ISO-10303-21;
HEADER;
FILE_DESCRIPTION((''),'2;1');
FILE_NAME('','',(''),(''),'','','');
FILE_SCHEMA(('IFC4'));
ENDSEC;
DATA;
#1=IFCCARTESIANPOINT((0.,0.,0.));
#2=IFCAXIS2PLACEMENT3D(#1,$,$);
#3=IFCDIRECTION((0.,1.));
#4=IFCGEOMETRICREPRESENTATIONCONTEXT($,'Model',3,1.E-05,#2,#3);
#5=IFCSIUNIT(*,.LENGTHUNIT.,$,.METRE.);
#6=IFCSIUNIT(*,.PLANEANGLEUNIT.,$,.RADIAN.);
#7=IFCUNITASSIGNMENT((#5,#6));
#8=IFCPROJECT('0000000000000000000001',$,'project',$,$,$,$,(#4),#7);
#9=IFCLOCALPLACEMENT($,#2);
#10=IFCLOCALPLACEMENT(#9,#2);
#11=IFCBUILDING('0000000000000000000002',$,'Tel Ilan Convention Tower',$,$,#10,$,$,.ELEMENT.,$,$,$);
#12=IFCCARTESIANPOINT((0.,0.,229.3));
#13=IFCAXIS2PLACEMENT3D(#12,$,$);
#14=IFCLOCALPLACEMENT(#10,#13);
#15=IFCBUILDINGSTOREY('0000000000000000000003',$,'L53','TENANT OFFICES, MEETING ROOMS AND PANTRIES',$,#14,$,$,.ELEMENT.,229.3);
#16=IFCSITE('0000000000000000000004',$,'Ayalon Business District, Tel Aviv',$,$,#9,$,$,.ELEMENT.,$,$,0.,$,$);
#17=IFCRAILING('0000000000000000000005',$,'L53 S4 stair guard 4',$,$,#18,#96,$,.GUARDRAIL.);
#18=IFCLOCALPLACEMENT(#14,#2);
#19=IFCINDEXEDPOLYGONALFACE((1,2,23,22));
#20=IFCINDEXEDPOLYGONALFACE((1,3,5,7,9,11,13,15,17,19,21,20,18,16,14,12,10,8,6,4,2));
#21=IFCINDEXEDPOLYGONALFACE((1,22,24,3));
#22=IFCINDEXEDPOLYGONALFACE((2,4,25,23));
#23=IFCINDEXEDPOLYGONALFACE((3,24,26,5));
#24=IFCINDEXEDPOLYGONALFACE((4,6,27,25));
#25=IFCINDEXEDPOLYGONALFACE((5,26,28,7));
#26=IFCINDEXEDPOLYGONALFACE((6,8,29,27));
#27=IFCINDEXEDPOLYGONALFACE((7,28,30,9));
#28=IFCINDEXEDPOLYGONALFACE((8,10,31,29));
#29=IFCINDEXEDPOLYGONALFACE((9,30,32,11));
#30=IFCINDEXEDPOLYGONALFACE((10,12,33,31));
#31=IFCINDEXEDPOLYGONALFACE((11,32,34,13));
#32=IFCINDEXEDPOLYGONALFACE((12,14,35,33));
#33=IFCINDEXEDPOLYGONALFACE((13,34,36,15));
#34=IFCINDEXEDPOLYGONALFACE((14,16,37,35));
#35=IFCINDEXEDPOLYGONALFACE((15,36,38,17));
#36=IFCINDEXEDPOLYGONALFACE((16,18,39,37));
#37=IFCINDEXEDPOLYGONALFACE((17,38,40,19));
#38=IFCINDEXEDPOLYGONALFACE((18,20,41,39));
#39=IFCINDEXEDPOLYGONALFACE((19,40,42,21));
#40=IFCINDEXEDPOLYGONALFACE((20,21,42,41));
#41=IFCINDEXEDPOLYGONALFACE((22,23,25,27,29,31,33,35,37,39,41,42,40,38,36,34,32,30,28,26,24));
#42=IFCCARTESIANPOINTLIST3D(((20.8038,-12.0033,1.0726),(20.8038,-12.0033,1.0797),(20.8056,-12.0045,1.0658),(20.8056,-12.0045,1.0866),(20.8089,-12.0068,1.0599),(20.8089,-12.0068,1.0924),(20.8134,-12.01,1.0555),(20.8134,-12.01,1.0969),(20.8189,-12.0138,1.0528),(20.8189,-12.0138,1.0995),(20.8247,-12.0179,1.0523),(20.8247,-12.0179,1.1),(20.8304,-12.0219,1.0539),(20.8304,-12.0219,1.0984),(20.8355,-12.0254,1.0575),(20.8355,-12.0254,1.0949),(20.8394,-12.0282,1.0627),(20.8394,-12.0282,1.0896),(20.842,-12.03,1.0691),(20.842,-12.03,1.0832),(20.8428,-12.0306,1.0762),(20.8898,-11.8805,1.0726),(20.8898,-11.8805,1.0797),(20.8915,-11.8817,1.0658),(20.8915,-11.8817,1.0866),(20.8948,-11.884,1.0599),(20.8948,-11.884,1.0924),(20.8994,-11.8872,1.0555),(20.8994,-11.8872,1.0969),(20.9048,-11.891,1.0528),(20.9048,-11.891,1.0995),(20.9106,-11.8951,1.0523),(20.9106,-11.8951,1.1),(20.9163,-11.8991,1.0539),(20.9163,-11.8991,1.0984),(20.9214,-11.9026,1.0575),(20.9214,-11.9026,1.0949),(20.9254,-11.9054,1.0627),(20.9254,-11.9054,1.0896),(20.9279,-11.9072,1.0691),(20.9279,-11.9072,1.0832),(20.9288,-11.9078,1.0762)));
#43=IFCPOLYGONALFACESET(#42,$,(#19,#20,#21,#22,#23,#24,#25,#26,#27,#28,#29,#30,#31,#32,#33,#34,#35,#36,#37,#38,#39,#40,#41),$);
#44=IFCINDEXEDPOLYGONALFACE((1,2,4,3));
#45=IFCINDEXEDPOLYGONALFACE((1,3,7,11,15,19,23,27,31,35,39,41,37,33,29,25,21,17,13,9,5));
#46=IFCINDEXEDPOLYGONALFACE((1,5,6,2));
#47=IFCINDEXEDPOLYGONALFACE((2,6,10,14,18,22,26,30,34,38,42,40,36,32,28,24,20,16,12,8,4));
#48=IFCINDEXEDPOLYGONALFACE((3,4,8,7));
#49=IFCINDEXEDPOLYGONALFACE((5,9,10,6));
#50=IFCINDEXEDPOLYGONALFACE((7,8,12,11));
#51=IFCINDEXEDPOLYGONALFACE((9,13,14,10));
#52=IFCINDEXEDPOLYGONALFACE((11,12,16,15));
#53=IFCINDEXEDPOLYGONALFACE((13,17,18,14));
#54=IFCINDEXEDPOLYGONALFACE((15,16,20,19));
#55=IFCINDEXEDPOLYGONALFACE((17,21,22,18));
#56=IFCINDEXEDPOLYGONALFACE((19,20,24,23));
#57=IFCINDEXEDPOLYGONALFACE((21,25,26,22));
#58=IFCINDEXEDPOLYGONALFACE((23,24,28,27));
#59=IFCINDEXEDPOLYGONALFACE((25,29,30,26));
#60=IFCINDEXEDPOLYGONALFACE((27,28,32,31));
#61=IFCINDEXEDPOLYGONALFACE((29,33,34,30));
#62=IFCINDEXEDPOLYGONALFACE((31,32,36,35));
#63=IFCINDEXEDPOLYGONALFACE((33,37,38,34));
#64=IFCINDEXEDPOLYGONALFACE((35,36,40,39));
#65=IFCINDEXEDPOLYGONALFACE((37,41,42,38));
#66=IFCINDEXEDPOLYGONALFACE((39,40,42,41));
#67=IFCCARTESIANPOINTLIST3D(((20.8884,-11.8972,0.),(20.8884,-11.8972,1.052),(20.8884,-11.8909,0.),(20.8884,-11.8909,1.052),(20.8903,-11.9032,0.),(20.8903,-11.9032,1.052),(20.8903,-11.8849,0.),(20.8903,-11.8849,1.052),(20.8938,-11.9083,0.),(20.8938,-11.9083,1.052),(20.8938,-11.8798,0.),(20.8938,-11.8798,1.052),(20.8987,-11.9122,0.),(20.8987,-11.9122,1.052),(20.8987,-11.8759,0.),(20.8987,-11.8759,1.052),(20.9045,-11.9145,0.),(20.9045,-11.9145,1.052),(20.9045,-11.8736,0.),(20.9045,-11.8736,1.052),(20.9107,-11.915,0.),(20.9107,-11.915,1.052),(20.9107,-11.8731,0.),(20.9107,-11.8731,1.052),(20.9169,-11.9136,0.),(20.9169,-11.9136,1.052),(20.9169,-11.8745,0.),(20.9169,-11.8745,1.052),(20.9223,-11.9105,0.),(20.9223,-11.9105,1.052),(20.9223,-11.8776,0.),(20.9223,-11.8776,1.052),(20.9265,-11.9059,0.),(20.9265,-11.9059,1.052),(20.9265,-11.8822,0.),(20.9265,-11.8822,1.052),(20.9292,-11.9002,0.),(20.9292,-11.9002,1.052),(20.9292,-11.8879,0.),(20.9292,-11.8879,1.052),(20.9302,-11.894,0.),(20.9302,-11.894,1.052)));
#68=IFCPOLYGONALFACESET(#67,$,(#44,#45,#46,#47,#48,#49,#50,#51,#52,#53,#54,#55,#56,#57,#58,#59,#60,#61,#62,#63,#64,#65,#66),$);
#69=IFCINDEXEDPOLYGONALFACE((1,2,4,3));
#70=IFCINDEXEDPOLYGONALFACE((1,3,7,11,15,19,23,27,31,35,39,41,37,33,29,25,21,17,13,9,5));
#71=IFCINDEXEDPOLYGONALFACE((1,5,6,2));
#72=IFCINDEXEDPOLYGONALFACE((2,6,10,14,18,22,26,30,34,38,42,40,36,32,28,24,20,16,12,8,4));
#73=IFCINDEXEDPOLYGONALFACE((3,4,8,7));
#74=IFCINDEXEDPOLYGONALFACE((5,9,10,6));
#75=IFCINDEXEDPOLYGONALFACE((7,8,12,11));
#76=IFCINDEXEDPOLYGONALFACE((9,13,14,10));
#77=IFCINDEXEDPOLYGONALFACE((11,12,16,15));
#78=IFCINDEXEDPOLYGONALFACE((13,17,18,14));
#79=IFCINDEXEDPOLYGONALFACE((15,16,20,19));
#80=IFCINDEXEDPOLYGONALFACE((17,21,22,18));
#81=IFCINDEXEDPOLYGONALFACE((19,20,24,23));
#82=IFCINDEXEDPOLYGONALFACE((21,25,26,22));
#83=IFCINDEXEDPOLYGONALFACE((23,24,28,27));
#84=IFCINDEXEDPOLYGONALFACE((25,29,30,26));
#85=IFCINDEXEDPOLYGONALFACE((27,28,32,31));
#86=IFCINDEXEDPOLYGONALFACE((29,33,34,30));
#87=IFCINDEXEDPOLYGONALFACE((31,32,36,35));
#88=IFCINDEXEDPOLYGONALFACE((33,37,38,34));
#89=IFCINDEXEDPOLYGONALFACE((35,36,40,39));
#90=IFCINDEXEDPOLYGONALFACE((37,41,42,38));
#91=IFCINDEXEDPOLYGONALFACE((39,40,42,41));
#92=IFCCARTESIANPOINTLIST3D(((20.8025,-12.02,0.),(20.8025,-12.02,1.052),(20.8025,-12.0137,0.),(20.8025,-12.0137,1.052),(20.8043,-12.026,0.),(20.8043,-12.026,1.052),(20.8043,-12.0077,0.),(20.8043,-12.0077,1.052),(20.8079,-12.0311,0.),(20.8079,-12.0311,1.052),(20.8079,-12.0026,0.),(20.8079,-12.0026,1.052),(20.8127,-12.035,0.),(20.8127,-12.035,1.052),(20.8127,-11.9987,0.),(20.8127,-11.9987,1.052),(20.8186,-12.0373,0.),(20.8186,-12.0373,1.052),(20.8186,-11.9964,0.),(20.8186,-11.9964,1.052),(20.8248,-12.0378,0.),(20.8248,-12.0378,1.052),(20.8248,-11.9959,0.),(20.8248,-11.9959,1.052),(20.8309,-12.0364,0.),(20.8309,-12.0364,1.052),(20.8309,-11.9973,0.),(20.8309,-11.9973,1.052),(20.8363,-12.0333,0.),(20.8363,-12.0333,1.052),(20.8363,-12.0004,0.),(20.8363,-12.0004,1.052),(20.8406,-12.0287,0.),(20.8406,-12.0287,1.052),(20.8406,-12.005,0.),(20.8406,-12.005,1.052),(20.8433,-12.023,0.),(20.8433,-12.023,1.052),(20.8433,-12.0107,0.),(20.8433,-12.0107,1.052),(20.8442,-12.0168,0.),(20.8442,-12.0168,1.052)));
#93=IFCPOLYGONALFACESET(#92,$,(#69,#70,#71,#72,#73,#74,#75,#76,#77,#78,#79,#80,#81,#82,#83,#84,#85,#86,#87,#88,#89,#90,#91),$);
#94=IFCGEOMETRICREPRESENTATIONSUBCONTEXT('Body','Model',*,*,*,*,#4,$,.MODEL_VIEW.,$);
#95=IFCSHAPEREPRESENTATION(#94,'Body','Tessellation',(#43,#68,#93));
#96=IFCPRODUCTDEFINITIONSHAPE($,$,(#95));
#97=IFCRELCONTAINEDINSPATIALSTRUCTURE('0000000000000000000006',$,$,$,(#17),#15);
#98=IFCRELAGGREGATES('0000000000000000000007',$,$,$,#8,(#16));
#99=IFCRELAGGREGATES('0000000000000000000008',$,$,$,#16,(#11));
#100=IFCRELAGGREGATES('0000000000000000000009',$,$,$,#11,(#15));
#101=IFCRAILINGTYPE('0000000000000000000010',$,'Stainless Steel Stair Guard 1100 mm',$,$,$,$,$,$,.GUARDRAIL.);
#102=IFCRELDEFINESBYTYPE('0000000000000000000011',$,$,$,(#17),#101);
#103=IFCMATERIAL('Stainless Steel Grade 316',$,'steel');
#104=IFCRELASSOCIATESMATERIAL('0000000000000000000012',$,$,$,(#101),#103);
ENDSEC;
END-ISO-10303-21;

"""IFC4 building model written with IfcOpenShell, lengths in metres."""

from ifc_helpers import new_model, si_unit, direction, frame, origin, origin_2d, place, context, subcontext, project, spatial, circle, extrude, material, type_object, element, save


model = new_model("IFC4")

# Units and contexts
model_context = context("Model", 3, precision=1e-05, world=origin(), true_north=direction((0.0, 1.0)))
body_context = subcontext(model_context, "Body", "Model", "MODEL_VIEW")
ifc_project = project(units=[si_unit("LENGTHUNIT", "METRE"), si_unit("PLANEANGLEUNIT", "RADIAN")], contexts=[model_context])

# Site, building, storey
site_placement = place(None, origin())
site = spatial("IfcSite", under=ifc_project, at=site_placement, Name="Ayalon Business District, Tel Aviv", CompositionType="ELEMENT", RefElevation=0.0)
building_placement = place(site_placement, origin())
building = spatial("IfcBuilding", under=site, at=building_placement, Name="Tel Ilan Convention Tower", CompositionType="ELEMENT")
storey_placement = place(building_placement, frame((0.0, 0.0, 229.3)))
storey = spatial("IfcBuildingStorey", under=building, at=storey_placement, Name="L53", Description="TENANT OFFICES, MEETING ROOMS AND PANTRIES", CompositionType="ELEMENT", Elevation=229.3)

# Railing
ifc_material_1 = material(Name="Stainless Steel Grade 316", Category="steel")
railing_type_1 = type_object("IfcRailingType", Name="Stainless Steel Stair Guard 1100 mm", PredefinedType="GUARDRAIL", material=ifc_material_1)
railing_1_placement = place(storey_placement, frame((20.9092, -11.894, 0.0)))
element("IfcRailing", 1, at=railing_1_placement, inside=storey, type_object=railing_type_1, Name="L53 S4 stair guard 4", PredefinedType="GUARDRAIL", context=body_context, shape_type="SweptSolid", body=[
    extrude(circle(Radius=0.0239, at=origin_2d()), frame((0.0, 0.0, 1.0762), z_axis=(-0.573353, -0.819308, 0.0), x_axis=(0.819308, -0.573353, 0.0)), (0.0, 0.0, 1.0), 0.1499),
    extrude(circle(Radius=0.021, at=origin_2d()), origin(), (0.0, 0.0, 1.0), 1.052),
    extrude(circle(Radius=0.021, at=origin_2d()), frame((-0.0859, -0.1228, 0.0)), (0.0, 0.0, 1.0), 1.052),
])

save(model, "model.ifc")
